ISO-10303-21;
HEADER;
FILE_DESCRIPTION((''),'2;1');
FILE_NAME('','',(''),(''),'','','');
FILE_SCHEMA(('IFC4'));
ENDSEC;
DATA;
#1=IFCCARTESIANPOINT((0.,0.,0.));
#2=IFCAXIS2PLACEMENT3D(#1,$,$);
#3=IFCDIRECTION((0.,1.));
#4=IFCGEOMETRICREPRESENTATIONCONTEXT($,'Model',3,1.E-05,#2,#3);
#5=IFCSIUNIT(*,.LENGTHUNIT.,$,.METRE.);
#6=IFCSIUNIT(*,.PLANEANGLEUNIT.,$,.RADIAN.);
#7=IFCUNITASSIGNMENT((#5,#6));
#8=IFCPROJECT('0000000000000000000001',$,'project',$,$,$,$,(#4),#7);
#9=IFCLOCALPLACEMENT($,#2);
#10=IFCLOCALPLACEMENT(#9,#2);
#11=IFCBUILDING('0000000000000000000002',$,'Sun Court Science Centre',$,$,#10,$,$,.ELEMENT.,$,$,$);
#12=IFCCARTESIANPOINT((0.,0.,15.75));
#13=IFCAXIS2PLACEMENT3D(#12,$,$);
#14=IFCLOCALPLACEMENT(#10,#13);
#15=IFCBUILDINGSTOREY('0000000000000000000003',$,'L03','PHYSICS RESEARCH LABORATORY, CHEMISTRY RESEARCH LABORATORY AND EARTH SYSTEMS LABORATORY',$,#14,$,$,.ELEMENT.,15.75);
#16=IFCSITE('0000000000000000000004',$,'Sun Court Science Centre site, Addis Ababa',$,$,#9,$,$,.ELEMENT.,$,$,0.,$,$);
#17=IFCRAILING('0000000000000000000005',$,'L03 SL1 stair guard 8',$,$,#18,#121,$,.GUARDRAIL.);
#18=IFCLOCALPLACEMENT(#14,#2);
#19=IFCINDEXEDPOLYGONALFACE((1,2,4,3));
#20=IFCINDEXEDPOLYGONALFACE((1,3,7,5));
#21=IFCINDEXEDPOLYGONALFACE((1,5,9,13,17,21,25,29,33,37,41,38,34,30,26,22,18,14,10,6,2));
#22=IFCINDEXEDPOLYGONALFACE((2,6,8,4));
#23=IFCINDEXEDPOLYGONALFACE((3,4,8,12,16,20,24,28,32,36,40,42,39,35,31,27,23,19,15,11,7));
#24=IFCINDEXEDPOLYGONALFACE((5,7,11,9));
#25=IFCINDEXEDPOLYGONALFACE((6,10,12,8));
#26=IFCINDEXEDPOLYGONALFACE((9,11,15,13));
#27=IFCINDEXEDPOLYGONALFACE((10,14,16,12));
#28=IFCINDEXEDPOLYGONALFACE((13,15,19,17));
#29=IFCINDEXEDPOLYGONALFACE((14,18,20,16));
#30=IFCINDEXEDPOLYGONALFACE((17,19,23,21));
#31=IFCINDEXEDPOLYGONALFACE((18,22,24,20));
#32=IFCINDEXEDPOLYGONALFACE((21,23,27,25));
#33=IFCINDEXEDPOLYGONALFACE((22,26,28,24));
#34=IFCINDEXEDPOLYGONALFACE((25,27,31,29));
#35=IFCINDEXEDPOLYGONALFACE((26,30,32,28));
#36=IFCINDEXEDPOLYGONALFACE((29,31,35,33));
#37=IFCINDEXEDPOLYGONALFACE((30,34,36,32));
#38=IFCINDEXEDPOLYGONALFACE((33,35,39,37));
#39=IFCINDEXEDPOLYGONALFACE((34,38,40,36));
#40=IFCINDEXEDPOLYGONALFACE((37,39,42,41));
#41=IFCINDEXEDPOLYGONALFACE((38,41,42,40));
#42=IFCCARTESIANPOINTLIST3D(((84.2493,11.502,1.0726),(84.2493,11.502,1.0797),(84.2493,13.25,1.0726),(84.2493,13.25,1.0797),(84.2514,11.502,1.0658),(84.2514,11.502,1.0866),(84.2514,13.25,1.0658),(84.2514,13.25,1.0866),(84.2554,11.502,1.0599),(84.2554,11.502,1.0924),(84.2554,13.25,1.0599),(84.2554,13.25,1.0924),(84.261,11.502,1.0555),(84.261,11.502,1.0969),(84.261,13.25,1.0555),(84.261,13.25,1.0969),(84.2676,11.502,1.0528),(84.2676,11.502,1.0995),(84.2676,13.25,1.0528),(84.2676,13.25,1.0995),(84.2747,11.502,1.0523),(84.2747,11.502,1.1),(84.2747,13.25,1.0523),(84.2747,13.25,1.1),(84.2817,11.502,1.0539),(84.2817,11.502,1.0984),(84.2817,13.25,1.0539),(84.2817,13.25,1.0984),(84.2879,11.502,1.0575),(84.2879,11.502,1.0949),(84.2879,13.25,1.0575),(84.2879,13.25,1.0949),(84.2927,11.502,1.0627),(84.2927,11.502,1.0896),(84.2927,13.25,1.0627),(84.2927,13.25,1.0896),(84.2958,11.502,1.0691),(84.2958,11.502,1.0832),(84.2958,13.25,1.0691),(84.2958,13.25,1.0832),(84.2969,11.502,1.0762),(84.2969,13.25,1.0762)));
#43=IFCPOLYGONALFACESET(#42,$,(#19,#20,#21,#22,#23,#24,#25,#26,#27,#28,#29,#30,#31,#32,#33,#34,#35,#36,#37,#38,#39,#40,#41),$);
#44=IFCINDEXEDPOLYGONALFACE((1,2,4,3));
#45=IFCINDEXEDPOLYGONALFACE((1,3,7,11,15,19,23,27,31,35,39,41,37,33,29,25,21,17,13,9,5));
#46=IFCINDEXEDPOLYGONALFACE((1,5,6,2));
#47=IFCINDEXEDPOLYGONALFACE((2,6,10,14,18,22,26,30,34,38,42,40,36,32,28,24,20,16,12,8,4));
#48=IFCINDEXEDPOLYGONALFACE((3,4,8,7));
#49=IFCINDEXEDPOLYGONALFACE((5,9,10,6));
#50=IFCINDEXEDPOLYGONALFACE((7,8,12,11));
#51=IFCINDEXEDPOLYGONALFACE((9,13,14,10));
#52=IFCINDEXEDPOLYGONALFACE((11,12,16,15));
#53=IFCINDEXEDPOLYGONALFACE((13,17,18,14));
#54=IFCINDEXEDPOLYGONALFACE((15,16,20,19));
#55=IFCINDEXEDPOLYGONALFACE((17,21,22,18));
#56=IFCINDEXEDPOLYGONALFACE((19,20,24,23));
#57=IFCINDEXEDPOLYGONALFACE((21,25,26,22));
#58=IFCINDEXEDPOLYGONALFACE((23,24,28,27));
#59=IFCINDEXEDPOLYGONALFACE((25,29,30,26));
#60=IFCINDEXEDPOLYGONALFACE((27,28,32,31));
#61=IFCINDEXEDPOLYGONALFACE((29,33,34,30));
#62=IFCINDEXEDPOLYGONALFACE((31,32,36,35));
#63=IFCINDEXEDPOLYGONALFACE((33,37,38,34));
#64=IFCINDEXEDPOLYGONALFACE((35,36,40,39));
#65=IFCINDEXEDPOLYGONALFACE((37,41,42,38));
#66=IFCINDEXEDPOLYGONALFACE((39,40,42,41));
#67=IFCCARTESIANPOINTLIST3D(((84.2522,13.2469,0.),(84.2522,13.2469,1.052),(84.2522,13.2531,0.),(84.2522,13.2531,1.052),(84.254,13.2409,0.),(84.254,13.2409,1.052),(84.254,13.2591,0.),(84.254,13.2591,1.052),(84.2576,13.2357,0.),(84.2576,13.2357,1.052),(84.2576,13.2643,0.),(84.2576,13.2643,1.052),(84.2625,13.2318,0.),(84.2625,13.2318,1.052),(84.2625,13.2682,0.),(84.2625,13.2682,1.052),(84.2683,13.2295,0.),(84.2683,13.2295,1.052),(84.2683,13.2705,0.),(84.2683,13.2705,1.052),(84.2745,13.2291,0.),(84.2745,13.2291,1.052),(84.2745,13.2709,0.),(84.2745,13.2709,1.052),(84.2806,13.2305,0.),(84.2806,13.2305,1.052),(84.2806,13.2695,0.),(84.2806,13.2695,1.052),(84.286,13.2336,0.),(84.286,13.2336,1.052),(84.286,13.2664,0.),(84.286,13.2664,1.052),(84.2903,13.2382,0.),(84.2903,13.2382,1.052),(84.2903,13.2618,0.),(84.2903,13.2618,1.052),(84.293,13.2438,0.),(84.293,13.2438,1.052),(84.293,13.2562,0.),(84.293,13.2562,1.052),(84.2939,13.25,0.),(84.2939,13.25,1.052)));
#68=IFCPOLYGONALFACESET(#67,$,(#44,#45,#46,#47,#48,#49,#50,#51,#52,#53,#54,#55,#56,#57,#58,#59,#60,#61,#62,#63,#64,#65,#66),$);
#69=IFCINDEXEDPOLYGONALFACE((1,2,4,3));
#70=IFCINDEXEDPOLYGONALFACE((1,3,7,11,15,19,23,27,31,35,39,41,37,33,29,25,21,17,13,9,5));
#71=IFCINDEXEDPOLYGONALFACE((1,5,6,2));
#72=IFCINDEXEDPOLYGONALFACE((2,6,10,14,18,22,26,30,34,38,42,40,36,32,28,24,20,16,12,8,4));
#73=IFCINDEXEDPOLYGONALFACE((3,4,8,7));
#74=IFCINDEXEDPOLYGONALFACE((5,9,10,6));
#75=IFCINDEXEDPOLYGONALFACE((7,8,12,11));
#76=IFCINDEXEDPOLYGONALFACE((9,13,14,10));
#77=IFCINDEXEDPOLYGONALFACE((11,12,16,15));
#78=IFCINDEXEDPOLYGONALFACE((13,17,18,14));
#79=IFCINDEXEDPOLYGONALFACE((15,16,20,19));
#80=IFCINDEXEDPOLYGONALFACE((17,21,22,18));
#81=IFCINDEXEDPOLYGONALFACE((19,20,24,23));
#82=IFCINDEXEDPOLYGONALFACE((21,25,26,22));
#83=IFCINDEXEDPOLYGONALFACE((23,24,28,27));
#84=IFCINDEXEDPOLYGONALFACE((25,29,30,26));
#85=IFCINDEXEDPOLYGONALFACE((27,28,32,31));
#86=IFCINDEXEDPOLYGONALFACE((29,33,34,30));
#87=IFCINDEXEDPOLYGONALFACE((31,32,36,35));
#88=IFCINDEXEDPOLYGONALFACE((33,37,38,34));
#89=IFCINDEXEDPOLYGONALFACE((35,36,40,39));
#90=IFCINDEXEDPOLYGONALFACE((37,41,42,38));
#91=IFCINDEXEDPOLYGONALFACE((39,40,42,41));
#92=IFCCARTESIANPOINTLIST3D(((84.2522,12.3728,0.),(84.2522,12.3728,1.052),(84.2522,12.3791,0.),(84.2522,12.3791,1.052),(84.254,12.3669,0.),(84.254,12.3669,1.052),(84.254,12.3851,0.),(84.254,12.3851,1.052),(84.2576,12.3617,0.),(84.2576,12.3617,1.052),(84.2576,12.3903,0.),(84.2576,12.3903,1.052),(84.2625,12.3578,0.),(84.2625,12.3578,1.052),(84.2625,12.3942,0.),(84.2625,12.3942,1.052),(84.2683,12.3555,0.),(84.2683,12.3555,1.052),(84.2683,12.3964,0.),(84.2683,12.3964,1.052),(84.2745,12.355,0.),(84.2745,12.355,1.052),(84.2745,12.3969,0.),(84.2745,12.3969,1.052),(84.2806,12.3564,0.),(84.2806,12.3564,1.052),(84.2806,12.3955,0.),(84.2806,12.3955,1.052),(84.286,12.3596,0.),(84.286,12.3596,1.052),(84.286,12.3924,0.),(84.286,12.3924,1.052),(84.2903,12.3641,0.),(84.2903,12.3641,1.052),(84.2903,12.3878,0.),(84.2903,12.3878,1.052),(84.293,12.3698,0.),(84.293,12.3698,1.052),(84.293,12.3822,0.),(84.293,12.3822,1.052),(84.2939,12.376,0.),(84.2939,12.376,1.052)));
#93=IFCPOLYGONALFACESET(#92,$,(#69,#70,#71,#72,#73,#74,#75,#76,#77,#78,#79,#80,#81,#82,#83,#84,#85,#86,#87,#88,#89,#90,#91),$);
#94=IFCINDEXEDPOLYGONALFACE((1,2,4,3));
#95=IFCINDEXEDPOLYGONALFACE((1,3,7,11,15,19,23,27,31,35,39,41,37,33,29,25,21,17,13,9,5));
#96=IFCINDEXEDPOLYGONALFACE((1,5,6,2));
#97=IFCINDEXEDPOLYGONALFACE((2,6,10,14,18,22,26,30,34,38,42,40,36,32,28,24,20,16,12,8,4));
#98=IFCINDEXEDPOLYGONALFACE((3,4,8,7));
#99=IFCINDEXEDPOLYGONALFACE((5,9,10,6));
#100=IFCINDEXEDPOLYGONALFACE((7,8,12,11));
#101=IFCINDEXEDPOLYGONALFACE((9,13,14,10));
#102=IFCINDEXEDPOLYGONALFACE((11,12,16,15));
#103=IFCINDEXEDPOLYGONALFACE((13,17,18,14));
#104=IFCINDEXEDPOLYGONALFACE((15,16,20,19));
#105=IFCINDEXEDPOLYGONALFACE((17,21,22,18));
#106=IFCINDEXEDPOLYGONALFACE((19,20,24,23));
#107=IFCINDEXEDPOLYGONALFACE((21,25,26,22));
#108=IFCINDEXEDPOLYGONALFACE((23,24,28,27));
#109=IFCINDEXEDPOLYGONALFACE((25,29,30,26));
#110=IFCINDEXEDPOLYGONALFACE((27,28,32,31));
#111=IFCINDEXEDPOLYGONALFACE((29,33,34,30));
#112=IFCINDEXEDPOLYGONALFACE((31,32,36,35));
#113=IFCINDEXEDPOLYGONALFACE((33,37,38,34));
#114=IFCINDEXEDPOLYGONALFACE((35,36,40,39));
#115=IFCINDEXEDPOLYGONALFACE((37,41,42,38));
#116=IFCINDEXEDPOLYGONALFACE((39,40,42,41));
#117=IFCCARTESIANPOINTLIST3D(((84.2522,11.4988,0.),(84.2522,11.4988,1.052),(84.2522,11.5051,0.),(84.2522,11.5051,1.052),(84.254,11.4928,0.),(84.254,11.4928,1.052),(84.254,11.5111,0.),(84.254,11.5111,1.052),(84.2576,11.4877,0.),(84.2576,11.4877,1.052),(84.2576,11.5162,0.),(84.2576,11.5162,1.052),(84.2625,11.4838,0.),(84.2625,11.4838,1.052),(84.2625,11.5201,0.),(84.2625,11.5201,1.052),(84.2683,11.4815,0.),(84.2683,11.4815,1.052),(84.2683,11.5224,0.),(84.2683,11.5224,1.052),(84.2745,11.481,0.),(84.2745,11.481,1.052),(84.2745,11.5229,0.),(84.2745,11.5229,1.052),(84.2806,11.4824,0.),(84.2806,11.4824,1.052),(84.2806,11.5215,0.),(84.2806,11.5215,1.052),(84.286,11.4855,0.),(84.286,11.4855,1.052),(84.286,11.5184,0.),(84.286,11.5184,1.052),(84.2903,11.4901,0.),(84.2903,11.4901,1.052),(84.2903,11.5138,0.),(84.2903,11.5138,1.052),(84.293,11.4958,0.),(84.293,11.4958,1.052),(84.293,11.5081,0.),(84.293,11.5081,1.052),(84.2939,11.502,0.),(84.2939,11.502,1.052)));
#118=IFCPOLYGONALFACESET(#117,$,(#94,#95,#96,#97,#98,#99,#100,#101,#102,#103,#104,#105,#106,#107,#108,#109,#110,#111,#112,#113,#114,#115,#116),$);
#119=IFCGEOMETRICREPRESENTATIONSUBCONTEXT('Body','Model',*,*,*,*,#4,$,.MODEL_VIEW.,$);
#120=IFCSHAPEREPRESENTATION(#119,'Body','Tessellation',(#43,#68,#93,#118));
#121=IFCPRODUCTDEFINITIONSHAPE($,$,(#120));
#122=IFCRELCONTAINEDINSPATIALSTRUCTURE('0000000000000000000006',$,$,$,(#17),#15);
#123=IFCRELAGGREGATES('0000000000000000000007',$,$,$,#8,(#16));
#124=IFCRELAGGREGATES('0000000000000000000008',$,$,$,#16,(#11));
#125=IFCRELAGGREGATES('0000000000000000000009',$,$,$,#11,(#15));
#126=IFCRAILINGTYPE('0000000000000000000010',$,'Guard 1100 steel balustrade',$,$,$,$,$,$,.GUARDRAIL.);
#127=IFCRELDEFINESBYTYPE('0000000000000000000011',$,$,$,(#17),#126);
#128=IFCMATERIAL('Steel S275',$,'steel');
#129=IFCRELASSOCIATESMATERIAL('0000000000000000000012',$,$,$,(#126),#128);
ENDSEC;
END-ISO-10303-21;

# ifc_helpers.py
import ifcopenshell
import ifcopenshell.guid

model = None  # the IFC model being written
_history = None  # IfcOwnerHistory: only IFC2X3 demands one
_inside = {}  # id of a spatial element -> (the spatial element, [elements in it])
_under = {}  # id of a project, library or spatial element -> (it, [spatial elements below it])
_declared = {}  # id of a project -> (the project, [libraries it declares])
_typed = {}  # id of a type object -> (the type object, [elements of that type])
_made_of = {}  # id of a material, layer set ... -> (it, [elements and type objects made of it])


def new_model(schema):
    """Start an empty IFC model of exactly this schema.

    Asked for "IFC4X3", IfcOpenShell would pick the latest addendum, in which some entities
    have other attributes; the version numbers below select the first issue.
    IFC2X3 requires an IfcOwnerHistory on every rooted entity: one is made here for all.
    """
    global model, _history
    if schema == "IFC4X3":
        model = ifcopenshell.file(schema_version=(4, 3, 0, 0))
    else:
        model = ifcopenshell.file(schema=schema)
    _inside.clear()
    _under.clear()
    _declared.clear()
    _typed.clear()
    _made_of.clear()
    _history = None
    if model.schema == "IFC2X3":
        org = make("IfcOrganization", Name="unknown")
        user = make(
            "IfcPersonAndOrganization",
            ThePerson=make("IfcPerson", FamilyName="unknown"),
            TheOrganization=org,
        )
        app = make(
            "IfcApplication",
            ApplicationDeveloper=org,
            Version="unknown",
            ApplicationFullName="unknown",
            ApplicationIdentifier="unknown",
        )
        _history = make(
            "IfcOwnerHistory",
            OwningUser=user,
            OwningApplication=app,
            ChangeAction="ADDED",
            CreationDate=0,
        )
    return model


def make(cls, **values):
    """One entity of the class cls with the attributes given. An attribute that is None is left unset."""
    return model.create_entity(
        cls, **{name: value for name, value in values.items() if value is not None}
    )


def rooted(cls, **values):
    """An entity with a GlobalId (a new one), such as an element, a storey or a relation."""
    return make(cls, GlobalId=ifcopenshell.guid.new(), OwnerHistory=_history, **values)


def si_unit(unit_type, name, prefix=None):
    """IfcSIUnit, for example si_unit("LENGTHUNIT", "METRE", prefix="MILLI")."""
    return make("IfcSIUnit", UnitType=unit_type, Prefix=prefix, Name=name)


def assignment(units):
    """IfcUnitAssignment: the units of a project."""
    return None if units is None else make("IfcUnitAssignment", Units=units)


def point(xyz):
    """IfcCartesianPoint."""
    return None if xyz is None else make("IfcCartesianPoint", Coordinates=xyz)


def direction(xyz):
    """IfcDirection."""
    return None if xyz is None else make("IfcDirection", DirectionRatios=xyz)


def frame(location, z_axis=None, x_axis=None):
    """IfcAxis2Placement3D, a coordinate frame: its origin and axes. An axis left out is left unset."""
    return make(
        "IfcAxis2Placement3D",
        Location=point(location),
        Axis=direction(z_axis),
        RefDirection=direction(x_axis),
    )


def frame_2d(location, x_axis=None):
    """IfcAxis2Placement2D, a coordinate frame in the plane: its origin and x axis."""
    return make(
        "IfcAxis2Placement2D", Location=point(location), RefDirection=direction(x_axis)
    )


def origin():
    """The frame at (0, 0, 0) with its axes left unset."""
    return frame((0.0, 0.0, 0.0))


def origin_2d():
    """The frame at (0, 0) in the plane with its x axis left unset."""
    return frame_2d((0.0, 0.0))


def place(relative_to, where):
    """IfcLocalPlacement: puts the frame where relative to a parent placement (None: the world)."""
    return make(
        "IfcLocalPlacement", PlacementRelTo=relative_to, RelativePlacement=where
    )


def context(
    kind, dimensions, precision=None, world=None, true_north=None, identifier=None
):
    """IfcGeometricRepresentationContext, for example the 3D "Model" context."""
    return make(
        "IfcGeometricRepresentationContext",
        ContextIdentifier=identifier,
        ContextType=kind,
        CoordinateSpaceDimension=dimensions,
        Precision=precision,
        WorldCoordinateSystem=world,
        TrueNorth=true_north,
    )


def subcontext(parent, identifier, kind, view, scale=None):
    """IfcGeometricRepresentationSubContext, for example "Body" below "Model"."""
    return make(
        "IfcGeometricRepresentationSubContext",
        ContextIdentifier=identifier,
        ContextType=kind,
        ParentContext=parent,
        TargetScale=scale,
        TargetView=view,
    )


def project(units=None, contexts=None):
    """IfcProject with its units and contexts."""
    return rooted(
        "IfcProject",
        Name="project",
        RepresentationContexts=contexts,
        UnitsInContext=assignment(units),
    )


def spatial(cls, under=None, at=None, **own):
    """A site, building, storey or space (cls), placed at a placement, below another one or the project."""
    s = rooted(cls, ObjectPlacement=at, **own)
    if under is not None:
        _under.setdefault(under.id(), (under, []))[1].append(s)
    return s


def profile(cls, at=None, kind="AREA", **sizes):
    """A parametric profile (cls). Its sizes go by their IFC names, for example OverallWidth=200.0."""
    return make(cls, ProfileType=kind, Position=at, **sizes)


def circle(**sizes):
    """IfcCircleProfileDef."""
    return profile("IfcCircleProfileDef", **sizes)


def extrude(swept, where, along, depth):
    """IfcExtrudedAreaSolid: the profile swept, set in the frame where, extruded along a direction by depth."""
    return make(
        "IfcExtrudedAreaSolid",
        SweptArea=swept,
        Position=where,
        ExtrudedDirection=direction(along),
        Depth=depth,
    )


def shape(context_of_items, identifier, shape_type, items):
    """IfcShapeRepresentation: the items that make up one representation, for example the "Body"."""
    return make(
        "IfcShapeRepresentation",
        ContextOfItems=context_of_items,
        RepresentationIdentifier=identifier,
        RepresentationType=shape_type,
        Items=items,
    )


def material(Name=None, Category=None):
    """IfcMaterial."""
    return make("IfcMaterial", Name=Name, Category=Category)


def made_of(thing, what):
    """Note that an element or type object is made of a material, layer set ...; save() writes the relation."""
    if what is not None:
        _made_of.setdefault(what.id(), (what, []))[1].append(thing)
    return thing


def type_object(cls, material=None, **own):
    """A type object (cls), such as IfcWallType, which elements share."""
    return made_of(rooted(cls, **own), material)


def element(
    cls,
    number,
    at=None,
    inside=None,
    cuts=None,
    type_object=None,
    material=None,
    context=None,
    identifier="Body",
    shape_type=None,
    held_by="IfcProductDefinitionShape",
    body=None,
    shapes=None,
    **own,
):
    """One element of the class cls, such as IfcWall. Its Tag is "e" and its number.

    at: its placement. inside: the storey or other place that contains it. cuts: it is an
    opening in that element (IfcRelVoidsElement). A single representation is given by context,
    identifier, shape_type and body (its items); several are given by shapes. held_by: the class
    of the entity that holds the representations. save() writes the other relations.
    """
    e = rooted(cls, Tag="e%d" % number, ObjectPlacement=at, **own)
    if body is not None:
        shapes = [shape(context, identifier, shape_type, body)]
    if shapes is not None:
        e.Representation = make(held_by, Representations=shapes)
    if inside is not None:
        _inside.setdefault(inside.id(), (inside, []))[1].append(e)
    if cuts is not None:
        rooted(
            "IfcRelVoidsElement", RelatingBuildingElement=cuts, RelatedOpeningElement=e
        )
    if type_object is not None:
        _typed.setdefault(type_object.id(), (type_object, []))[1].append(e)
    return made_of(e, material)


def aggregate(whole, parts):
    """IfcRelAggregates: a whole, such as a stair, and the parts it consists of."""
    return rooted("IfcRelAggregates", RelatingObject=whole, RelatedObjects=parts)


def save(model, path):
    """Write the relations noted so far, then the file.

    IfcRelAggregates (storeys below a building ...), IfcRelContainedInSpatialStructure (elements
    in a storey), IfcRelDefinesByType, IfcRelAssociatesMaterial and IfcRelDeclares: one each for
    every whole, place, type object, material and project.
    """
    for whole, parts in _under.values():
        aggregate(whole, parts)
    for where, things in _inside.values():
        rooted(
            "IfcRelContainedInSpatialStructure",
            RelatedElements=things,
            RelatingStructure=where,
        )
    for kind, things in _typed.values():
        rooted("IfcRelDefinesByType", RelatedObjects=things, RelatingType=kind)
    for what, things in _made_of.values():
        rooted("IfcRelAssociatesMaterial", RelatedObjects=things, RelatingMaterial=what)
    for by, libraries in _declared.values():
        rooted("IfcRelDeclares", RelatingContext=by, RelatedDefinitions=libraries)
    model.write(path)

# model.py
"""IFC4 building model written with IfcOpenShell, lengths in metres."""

from ifc_helpers import new_model, si_unit, direction, frame, origin, origin_2d, place, context, subcontext, project, spatial, circle, extrude, material, type_object, element, save


model = new_model("IFC4")

# Units and contexts
model_context = context("Model", 3, precision=1e-05, world=origin(), true_north=direction((0.0, 1.0)))
body_context = subcontext(model_context, "Body", "Model", "MODEL_VIEW")
ifc_project = project(units=[si_unit("LENGTHUNIT", "METRE"), si_unit("PLANEANGLEUNIT", "RADIAN")], contexts=[model_context])

# Site, building, storey
site_placement = place(None, origin())
site = spatial("IfcSite", under=ifc_project, at=site_placement, Name="Sun Court Science Centre site, Addis Ababa", CompositionType="ELEMENT", RefElevation=0.0)
building_placement = place(site_placement, origin())
building = spatial("IfcBuilding", under=site, at=building_placement, Name="Sun Court Science Centre", CompositionType="ELEMENT")
storey_placement = place(building_placement, frame((0.0, 0.0, 15.75)))
storey = spatial("IfcBuildingStorey", under=building, at=storey_placement, Name="L03", Description="PHYSICS RESEARCH LABORATORY, CHEMISTRY RESEARCH LABORATORY AND EARTH SYSTEMS LABORATORY", CompositionType="ELEMENT", Elevation=15.75)

# Railing
ifc_material_1 = material(Name="Steel S275", Category="steel")
railing_type_1 = type_object("IfcRailingType", Name="Guard 1100 steel balustrade", PredefinedType="GUARDRAIL", material=ifc_material_1)
for number, where, name in (
    (1, (84.2729, 13.25, 0.0), "L03 SL1 stair guard 8"),
):
    element("IfcRailing", number, at=place(storey_placement, frame(where)), inside=storey, type_object=railing_type_1, Name=name, PredefinedType="GUARDRAIL", context=body_context, shape_type="SweptSolid", body=[
        extrude(circle(Radius=0.0239, at=origin_2d()), frame((0.0, 0.0, 1.0762), z_axis=(0.0, -1.0, 0.0), x_axis=(1.0, 0.0, 0.0)), (0.0, 0.0, 1.0), 1.748),
        extrude(circle(Radius=0.021, at=origin_2d()), origin(), (0.0, 0.0, 1.0), 1.052),
        extrude(circle(Radius=0.021, at=origin_2d()), frame((0.0, -0.874, 0.0)), (0.0, 0.0, 1.0), 1.052),
        extrude(circle(Radius=0.021, at=origin_2d()), frame((0.0, -1.748, 0.0)), (0.0, 0.0, 1.0), 1.052),
    ])

save(model, "model.ifc")
